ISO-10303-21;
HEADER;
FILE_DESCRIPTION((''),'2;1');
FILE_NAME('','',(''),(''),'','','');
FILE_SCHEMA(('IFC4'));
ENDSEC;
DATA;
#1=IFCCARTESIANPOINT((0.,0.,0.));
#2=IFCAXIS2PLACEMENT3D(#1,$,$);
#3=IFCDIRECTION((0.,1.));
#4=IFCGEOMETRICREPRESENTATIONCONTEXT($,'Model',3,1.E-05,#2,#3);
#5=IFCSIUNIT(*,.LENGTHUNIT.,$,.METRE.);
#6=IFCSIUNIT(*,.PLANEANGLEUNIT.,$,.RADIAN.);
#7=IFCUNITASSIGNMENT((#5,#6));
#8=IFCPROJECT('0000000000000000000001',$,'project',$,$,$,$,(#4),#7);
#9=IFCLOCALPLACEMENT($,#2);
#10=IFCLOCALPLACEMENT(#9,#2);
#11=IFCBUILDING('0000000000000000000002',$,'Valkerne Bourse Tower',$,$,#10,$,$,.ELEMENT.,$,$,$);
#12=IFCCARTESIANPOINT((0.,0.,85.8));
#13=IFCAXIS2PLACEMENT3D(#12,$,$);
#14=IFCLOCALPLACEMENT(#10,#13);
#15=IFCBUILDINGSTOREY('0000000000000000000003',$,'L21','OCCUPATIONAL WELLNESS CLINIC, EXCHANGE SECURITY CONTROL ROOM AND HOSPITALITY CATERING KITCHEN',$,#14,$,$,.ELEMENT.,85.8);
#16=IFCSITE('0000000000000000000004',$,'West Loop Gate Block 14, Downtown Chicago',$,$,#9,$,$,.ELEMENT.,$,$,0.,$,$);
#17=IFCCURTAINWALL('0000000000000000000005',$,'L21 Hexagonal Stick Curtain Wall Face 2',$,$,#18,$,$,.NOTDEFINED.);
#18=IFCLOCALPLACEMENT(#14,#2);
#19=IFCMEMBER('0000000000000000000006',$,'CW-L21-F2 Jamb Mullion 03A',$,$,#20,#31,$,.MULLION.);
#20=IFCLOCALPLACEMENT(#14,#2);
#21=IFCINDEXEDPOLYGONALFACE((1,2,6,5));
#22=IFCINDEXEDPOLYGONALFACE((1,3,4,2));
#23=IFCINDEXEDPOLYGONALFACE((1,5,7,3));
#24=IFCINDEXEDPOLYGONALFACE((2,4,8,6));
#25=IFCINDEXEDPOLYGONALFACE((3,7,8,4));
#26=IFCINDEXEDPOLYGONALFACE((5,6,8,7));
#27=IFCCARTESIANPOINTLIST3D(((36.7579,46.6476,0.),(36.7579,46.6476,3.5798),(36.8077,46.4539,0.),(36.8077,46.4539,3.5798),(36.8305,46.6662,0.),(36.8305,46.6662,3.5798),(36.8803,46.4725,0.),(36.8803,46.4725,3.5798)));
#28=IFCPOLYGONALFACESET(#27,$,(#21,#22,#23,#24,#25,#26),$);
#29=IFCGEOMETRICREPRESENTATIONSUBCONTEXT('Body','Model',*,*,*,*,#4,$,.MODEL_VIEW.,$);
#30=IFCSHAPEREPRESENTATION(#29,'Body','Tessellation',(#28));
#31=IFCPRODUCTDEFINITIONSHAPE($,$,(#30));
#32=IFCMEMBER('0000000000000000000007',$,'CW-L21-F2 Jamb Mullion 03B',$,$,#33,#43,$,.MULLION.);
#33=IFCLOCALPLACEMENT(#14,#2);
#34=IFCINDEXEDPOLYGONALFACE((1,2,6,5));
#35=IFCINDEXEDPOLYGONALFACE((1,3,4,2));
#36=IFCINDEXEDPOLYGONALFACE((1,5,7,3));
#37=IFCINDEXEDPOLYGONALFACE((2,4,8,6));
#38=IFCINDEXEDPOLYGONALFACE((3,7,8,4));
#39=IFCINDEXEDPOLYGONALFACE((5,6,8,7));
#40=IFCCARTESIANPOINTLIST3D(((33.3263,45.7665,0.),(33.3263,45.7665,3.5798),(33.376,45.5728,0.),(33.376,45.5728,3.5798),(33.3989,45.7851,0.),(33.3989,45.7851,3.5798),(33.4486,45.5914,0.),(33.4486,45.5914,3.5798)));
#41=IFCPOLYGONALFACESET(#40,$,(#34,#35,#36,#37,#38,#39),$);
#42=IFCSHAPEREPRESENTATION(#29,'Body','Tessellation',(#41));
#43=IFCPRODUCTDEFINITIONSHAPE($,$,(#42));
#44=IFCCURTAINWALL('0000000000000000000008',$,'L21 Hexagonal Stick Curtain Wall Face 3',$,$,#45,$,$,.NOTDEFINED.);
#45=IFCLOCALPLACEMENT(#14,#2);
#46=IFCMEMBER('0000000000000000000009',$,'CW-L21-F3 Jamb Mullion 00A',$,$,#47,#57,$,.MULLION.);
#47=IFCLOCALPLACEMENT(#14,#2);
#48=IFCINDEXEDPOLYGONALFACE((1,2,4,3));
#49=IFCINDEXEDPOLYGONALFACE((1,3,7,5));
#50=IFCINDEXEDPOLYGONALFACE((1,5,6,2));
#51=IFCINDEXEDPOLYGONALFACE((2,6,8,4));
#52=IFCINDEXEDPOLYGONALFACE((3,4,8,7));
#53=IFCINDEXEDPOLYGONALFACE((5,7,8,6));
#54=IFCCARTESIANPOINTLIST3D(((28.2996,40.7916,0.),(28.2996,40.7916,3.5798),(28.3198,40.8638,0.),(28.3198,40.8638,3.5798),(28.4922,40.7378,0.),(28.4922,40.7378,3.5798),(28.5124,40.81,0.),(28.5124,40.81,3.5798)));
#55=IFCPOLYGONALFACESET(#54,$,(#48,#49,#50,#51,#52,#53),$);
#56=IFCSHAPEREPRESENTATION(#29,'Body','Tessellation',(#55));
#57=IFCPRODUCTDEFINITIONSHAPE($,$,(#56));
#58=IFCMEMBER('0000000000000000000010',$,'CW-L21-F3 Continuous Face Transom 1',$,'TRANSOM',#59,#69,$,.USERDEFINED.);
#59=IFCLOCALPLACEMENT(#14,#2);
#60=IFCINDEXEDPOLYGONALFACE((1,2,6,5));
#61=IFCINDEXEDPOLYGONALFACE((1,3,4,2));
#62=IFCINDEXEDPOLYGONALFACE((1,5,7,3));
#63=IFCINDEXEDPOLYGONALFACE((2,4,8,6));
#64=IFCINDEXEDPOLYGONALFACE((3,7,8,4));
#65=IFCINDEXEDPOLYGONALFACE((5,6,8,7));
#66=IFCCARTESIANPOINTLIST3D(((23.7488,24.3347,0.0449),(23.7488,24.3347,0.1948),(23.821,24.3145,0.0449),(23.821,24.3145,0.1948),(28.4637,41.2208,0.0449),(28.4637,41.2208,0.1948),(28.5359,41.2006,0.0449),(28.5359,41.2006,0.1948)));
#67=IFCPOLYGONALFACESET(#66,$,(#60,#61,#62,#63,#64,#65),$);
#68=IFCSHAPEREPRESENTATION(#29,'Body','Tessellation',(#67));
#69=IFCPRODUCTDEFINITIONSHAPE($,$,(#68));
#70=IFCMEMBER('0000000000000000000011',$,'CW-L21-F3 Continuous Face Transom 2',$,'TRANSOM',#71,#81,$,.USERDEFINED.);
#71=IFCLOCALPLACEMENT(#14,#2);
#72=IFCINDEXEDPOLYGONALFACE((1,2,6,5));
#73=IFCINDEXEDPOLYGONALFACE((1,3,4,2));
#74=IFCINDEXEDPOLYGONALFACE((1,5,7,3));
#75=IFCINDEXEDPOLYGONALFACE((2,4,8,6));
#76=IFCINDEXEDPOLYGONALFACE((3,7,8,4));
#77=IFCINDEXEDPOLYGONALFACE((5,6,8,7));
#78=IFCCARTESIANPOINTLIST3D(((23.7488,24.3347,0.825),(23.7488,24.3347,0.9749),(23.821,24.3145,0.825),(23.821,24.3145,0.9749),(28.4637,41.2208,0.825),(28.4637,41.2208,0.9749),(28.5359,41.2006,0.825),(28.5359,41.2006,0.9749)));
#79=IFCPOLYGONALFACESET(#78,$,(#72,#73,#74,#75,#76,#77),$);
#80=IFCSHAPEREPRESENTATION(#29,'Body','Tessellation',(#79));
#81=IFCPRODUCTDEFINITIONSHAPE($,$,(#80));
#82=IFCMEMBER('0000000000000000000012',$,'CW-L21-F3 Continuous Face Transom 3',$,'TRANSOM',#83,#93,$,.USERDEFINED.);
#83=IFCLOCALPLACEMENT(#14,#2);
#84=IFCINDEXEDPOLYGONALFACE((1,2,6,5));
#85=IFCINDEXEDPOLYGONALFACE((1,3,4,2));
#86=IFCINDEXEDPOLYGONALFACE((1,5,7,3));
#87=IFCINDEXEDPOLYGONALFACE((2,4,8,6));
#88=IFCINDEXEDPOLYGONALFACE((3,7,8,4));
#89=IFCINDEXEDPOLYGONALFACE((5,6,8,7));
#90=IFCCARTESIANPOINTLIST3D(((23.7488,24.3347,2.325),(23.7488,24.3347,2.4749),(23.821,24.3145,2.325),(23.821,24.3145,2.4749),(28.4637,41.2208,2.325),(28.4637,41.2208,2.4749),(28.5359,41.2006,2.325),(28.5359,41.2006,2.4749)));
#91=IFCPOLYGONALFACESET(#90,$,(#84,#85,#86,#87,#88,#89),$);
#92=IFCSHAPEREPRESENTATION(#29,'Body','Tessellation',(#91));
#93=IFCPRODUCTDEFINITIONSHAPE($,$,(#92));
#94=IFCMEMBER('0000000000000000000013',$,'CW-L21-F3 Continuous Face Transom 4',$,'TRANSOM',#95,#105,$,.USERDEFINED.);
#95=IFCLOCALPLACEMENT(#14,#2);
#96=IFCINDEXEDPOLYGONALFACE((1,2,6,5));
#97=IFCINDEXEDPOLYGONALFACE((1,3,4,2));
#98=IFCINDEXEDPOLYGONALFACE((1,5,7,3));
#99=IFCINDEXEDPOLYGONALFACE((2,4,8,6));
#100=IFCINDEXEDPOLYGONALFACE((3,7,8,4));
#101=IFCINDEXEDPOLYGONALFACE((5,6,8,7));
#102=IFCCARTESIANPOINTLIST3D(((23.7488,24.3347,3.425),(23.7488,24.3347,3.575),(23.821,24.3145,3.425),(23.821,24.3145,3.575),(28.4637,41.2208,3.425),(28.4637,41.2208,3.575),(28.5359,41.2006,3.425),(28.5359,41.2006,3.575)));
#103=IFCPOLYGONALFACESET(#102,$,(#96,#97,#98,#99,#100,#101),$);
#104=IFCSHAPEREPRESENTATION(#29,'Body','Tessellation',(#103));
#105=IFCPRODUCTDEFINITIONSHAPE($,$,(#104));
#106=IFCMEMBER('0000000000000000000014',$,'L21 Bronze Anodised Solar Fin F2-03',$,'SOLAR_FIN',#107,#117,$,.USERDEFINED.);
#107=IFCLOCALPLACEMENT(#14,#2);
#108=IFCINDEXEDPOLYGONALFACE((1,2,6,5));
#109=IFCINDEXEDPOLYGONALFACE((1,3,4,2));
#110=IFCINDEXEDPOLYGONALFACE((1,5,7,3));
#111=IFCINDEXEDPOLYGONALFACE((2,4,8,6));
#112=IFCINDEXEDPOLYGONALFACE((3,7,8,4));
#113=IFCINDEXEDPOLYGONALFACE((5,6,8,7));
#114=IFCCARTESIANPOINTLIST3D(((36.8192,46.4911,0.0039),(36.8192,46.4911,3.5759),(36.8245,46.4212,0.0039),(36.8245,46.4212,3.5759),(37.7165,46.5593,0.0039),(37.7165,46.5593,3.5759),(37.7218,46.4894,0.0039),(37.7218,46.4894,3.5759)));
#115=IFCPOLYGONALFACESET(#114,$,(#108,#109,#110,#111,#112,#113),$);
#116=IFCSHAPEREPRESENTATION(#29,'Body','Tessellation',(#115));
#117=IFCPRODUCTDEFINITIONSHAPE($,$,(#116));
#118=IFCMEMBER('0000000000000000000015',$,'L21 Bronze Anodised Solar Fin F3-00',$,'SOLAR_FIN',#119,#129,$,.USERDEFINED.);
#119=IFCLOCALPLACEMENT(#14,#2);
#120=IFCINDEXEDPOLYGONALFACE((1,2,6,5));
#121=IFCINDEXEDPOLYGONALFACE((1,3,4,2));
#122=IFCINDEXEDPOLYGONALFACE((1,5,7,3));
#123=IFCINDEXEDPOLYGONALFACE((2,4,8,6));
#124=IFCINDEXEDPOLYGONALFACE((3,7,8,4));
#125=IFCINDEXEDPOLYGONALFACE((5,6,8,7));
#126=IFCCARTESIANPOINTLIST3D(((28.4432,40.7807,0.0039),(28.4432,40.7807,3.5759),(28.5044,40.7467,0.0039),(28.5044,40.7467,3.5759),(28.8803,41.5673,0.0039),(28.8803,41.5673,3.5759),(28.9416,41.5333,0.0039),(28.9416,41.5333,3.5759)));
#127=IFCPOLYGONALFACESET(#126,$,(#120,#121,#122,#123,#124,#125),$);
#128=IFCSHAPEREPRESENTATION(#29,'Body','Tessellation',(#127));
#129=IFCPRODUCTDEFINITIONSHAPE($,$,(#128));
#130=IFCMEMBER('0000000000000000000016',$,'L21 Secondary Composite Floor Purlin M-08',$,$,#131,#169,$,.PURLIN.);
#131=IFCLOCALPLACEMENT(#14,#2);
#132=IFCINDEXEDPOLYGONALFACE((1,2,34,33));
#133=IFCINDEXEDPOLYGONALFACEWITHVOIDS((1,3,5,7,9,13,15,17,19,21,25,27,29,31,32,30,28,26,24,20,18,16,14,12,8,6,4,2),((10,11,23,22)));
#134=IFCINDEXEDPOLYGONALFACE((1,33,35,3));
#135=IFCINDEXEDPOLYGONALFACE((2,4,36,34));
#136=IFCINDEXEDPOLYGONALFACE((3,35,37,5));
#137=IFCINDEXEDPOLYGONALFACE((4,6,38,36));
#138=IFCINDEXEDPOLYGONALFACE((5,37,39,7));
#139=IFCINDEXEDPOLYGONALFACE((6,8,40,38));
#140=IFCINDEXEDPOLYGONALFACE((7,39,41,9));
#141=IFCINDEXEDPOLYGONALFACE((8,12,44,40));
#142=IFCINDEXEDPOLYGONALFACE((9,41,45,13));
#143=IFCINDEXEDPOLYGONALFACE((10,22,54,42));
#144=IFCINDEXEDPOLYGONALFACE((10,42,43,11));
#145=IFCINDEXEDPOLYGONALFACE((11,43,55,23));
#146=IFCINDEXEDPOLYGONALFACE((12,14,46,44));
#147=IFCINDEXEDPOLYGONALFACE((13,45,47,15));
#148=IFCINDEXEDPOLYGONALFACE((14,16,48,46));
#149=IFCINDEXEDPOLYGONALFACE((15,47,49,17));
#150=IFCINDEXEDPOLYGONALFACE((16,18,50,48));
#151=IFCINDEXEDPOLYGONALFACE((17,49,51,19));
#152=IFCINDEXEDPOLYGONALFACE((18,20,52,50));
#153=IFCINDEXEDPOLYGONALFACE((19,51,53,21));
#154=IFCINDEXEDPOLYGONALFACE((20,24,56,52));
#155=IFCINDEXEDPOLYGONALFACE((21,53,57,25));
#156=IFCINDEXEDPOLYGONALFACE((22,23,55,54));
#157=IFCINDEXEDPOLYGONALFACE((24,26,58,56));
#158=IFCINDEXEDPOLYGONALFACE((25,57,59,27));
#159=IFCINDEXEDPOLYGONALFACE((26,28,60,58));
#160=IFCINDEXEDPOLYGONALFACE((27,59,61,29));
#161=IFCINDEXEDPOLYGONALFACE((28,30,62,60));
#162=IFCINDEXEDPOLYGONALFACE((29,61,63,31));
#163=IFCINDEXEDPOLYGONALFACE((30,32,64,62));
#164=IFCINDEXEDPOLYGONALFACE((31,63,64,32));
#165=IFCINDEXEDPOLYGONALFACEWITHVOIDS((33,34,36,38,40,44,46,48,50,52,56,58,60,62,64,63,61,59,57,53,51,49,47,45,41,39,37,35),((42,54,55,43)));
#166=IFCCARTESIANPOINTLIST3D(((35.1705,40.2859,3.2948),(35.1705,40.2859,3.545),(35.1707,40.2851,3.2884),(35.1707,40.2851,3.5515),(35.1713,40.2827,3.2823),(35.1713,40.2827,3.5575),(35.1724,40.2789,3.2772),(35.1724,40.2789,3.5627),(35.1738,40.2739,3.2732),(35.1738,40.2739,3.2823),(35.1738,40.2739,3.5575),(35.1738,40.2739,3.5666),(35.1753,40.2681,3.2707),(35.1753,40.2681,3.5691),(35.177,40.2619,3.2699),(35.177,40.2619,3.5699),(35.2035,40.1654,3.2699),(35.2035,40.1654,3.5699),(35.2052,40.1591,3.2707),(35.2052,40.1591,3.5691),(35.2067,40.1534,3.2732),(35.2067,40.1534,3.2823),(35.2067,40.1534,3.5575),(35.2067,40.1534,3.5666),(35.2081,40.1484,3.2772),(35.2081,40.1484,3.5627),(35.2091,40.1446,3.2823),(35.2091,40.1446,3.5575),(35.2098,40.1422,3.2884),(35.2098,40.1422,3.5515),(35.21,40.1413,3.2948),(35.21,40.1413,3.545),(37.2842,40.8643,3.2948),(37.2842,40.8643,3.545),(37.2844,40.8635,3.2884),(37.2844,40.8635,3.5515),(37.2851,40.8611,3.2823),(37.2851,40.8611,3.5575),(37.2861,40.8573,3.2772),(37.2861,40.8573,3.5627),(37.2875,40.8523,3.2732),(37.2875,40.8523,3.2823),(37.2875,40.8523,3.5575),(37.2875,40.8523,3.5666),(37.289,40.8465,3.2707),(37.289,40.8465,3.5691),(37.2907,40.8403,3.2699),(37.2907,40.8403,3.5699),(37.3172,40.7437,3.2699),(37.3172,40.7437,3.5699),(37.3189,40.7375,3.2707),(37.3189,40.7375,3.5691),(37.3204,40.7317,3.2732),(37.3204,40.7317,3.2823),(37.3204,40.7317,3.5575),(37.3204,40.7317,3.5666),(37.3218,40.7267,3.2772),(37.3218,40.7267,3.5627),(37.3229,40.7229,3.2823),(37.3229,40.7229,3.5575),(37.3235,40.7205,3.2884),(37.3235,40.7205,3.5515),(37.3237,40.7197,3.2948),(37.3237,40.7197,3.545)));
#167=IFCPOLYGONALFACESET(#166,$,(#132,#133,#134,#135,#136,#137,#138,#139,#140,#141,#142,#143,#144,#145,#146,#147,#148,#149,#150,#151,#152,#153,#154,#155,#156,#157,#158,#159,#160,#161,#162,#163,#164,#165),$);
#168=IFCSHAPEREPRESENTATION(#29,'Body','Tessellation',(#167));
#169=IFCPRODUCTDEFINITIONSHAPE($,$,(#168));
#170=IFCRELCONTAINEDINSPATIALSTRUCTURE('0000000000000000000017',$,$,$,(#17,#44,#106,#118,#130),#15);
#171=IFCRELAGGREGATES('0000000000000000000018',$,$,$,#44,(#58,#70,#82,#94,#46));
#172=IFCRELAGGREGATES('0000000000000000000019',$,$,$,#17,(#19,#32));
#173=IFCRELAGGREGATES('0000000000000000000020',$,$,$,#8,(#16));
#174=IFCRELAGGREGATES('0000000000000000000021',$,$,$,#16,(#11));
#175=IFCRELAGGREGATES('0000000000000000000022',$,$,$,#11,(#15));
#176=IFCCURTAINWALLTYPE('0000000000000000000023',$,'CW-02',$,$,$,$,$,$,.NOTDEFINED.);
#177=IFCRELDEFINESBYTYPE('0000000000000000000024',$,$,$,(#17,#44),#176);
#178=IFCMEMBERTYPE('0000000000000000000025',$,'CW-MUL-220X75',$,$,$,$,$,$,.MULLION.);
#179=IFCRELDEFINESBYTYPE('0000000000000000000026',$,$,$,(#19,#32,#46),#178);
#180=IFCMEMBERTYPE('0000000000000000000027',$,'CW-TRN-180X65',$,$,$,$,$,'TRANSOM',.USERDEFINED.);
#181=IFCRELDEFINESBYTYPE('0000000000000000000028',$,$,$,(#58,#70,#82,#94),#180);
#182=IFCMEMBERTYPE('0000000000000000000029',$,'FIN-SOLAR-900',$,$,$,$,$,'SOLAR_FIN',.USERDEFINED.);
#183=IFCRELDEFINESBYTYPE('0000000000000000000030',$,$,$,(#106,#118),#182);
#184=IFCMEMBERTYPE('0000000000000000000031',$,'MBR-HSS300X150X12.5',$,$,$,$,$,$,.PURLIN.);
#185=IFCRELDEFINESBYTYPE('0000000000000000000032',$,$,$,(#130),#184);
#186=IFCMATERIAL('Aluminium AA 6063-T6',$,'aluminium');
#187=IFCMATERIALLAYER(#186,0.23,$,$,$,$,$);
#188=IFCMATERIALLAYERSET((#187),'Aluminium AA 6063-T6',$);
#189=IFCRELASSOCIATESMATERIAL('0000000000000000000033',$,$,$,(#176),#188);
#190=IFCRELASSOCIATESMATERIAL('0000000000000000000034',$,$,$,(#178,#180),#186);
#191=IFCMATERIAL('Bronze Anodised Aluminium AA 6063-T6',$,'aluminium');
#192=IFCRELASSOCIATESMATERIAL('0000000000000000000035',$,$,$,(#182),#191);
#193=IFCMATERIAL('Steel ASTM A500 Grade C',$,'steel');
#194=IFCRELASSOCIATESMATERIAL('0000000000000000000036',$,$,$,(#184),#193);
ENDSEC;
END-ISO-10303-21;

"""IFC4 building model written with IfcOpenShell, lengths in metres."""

from ifc_helpers import new_model, si_unit, direction, frame, origin, origin_2d, place, context, subcontext, project, spatial, rectangle, hollow_rectangle, extrude, material, layer, layer_set, material_profile, profile_set, type_object, element, aggregate, save


model = new_model("IFC4")

# Units and contexts
model_context = context("Model", 3, precision=1e-05, world=origin(), true_north=direction((0.0, 1.0)))
body_context = subcontext(model_context, "Body", "Model", "MODEL_VIEW")
ifc_project = project(units=[si_unit("LENGTHUNIT", "METRE"), si_unit("PLANEANGLEUNIT", "RADIAN")], contexts=[model_context])

# Site, building, storey
site_placement = place(None, origin())
site = spatial("IfcSite", under=ifc_project, at=site_placement, Name="West Loop Gate Block 14, Downtown Chicago", CompositionType="ELEMENT", RefElevation=0.0)
building_placement = place(site_placement, origin())
building = spatial("IfcBuilding", under=site, at=building_placement, Name="Valkerne Bourse Tower", CompositionType="ELEMENT")
storey_placement = place(building_placement, frame((0.0, 0.0, 85.8)))
storey = spatial("IfcBuildingStorey", under=building, at=storey_placement, Name="L21", Description="OCCUPATIONAL WELLNESS CLINIC, EXCHANGE SECURITY CONTROL ROOM AND HOSPITALITY CATERING KITCHEN", CompositionType="ELEMENT", Elevation=85.8)

# Curtain walls, members
ifc_material_1 = material(Name="Aluminium AA 6063-T6", Category="aluminium")
ifc_layer_1 = layer(ifc_material_1, 0.23)
ifc_layer_set_1 = layer_set([ifc_layer_1], Name="Aluminium AA 6063-T6")
curtain_wall_type = type_object("IfcCurtainWallType", Name="CW-02", PredefinedType="NOTDEFINED", material=ifc_layer_set_1)
curtain_wall_1_placement = place(storey_placement, origin())
curtain_wall_1 = element("IfcCurtainWall", 1, at=curtain_wall_1_placement, inside=storey, type_object=curtain_wall_type, Name="L21 Hexagonal Stick Curtain Wall Face 2", PredefinedType="NOTDEFINED")
ifc_material_profile_1 = material_profile(ifc_material_1, rectangle(XDim=0.075, YDim=0.2, at=origin_2d()), Name="CWM-75X200")
ifc_profile_set_1 = profile_set([ifc_material_profile_1], Name="Aluminium AA 6063-T6")
member_type_1 = type_object("IfcMemberType", Name="CW-MUL-220X75", PredefinedType="MULLION", material=ifc_profile_set_1)
member_1_placement = place(storey_placement, frame((36.8191, 46.5601, 0.0), z_axis=(0.0, 0.0, 1.0), x_axis=(-0.968584, -0.248688, 0.0)))
member_1 = element("IfcMember", 2, at=member_1_placement, type_object=member_type_1, Name="CW-L21-F2 Jamb Mullion 03A", PredefinedType="MULLION", context=body_context, shape_type="SweptSolid", body=[
    extrude(rectangle(XDim=0.075, YDim=0.2, at=origin_2d()), origin(), (0.0, 0.0, 1.0), 3.5798),
])
member_2_placement = place(storey_placement, frame((33.3875, 45.679, 0.0), z_axis=(0.0, 0.0, 1.0), x_axis=(-0.968584, -0.248688, 0.0)))
member_2 = element("IfcMember", 3, at=member_2_placement, type_object=member_type_1, Name="CW-L21-F2 Jamb Mullion 03B", PredefinedType="MULLION", context=body_context, shape_type="SweptSolid", body=[
    extrude(rectangle(XDim=0.075, YDim=0.2, at=origin_2d()), origin(), (0.0, 0.0, 1.0), 3.5798),
])
curtain_wall_2_placement = place(storey_placement, origin())
curtain_wall_2 = element("IfcCurtainWall", 4, at=curtain_wall_2_placement, inside=storey, type_object=curtain_wall_type, Name="L21 Hexagonal Stick Curtain Wall Face 3", PredefinedType="NOTDEFINED")
member_3_placement = place(storey_placement, frame((28.406, 40.8008, 0.0), z_axis=(0.0, 0.0, 1.0), x_axis=(-0.2689, -0.963168, 0.0)))
member_3 = element("IfcMember", 5, at=member_3_placement, type_object=member_type_1, Name="CW-L21-F3 Jamb Mullion 00A", PredefinedType="MULLION", context=body_context, shape_type="SweptSolid", body=[
    extrude(rectangle(XDim=0.075, YDim=0.2, at=origin_2d()), origin(), (0.0, 0.0, 1.0), 3.5798),
])
ifc_material_profile_2 = material_profile(ifc_material_1, rectangle(XDim=0.075, YDim=0.1499, at=origin_2d()), Name="CWT-75X150")
ifc_profile_set_2 = profile_set([ifc_material_profile_2], Name="Aluminium AA 6063-T6")
member_type_2 = type_object("IfcMemberType", Name="CW-TRN-180X65", ElementType="TRANSOM", PredefinedType="USERDEFINED", material=ifc_profile_set_2)
member_4_placement = place(storey_placement, frame((28.4998, 41.2107, 0.1199), z_axis=(-0.26893, -0.96316, 0.0), x_axis=(0.96316, -0.26893, 0.0)))
member_4 = element("IfcMember", 6, at=member_4_placement, type_object=member_type_2, Name="CW-L21-F3 Continuous Face Transom 1", ObjectType="TRANSOM", PredefinedType="USERDEFINED", context=body_context, shape_type="SweptSolid", body=[
    extrude(rectangle(XDim=0.075, YDim=0.1499, at=origin_2d()), origin(), (0.0, 0.0, 1.0), 17.532),
])
member_5_placement = place(storey_placement, frame((28.4998, 41.2107, 0.8999), z_axis=(-0.26893, -0.96316, 0.0), x_axis=(0.96316, -0.26893, 0.0)))
member_5 = element("IfcMember", 7, at=member_5_placement, type_object=member_type_2, Name="CW-L21-F3 Continuous Face Transom 2", ObjectType="TRANSOM", PredefinedType="USERDEFINED", context=body_context, shape_type="SweptSolid", body=[
    extrude(rectangle(XDim=0.075, YDim=0.1499, at=origin_2d()), origin(), (0.0, 0.0, 1.0), 17.532),
])
member_6_placement = place(storey_placement, frame((28.4998, 41.2107, 2.3999), z_axis=(-0.26893, -0.96316, 0.0), x_axis=(0.96316, -0.26893, 0.0)))
member_6 = element("IfcMember", 8, at=member_6_placement, type_object=member_type_2, Name="CW-L21-F3 Continuous Face Transom 3", ObjectType="TRANSOM", PredefinedType="USERDEFINED", context=body_context, shape_type="SweptSolid", body=[
    extrude(rectangle(XDim=0.075, YDim=0.1499, at=origin_2d()), origin(), (0.0, 0.0, 1.0), 17.532),
])
member_7_placement = place(storey_placement, frame((28.4998, 41.2107, 3.5), z_axis=(-0.26893, -0.96316, 0.0), x_axis=(0.96316, -0.26893, 0.0)))
member_7 = element("IfcMember", 9, at=member_7_placement, type_object=member_type_2, Name="CW-L21-F3 Continuous Face Transom 4", ObjectType="TRANSOM", PredefinedType="USERDEFINED", context=body_context, shape_type="SweptSolid", body=[
    extrude(rectangle(XDim=0.075, YDim=0.1499, at=origin_2d()), origin(), (0.0, 0.0, 1.0), 17.532),
])
aggregate(curtain_wall_2, [member_4, member_5, member_6, member_7, member_3])

# Members
ifc_material_2 = material(Name="Bronze Anodised Aluminium AA 6063-T6", Category="aluminium")
ifc_material_profile_3 = material_profile(ifc_material_2, rectangle(XDim=0.0701, YDim=0.8999, at=origin_2d()), Name="FIN-70X900")
ifc_profile_set_3 = profile_set([ifc_material_profile_3], Name="Bronze Anodised Aluminium AA 6063-T6")
member_type_3 = type_object("IfcMemberType", Name="FIN-SOLAR-900", ElementType="SOLAR_FIN", PredefinedType="USERDEFINED", material=ifc_profile_set_3)
for number, where, z_axis, x_axis, name in (
    (10, (37.2705, 46.4902, 0.0039), (0.0, 0.0, 1.0), (-0.075782, 0.997124, 0.0), "L21 Bronze Anodised Solar Fin F2-03"),
    (11, (28.6924, 41.157, 0.0039), (0.0, 0.0, 1.0), (-0.874085, 0.485773, 0.0), "L21 Bronze Anodised Solar Fin F3-00"),
):
    element("IfcMember", number, at=place(storey_placement, frame(where, z_axis=z_axis, x_axis=x_axis)), inside=storey, type_object=member_type_3, Name=name, ObjectType="SOLAR_FIN", PredefinedType="USERDEFINED", context=body_context, shape_type="SweptSolid", body=[
        extrude(rectangle(XDim=0.0701, YDim=0.8999, at=origin_2d()), origin(), (0.0, 0.0, 1.0), 3.572),
    ])
ifc_material_3 = material(Name="Steel ASTM A500 Grade C", Category="steel")
ifc_material_profile_4 = material_profile(ifc_material_3, hollow_rectangle(XDim=0.1499, YDim=0.3, WallThickness=0.0125, OuterFilletRadius=0.0249, at=origin_2d()), Name="HSS300X150X12.5")
ifc_profile_set_4 = profile_set([ifc_material_profile_4], Name="Steel ASTM A500 Grade C")
member_type_4 = type_object("IfcMemberType", Name="MBR-HSS300X150X12.5", PredefinedType="PURLIN", material=ifc_profile_set_4)
member_8_placement = place(storey_placement, frame((37.304, 40.792, 3.4199), z_axis=(-0.964545, -0.263919, 0.0), x_axis=(0.263919, -0.964545, 0.0)))
element("IfcMember", 12, at=member_8_placement, inside=storey, type_object=member_type_4, Name="L21 Secondary Composite Floor Purlin M-08", PredefinedType="PURLIN", context=body_context, shape_type="SweptSolid", body=[
    extrude(hollow_rectangle(XDim=0.1499, YDim=0.3, WallThickness=0.0125, OuterFilletRadius=0.0249, at=origin_2d()), origin(), (0.0, 0.0, 1.0), 2.1914),
])

aggregate(curtain_wall_1, [member_1, member_2])

save(model, "model.ifc")
